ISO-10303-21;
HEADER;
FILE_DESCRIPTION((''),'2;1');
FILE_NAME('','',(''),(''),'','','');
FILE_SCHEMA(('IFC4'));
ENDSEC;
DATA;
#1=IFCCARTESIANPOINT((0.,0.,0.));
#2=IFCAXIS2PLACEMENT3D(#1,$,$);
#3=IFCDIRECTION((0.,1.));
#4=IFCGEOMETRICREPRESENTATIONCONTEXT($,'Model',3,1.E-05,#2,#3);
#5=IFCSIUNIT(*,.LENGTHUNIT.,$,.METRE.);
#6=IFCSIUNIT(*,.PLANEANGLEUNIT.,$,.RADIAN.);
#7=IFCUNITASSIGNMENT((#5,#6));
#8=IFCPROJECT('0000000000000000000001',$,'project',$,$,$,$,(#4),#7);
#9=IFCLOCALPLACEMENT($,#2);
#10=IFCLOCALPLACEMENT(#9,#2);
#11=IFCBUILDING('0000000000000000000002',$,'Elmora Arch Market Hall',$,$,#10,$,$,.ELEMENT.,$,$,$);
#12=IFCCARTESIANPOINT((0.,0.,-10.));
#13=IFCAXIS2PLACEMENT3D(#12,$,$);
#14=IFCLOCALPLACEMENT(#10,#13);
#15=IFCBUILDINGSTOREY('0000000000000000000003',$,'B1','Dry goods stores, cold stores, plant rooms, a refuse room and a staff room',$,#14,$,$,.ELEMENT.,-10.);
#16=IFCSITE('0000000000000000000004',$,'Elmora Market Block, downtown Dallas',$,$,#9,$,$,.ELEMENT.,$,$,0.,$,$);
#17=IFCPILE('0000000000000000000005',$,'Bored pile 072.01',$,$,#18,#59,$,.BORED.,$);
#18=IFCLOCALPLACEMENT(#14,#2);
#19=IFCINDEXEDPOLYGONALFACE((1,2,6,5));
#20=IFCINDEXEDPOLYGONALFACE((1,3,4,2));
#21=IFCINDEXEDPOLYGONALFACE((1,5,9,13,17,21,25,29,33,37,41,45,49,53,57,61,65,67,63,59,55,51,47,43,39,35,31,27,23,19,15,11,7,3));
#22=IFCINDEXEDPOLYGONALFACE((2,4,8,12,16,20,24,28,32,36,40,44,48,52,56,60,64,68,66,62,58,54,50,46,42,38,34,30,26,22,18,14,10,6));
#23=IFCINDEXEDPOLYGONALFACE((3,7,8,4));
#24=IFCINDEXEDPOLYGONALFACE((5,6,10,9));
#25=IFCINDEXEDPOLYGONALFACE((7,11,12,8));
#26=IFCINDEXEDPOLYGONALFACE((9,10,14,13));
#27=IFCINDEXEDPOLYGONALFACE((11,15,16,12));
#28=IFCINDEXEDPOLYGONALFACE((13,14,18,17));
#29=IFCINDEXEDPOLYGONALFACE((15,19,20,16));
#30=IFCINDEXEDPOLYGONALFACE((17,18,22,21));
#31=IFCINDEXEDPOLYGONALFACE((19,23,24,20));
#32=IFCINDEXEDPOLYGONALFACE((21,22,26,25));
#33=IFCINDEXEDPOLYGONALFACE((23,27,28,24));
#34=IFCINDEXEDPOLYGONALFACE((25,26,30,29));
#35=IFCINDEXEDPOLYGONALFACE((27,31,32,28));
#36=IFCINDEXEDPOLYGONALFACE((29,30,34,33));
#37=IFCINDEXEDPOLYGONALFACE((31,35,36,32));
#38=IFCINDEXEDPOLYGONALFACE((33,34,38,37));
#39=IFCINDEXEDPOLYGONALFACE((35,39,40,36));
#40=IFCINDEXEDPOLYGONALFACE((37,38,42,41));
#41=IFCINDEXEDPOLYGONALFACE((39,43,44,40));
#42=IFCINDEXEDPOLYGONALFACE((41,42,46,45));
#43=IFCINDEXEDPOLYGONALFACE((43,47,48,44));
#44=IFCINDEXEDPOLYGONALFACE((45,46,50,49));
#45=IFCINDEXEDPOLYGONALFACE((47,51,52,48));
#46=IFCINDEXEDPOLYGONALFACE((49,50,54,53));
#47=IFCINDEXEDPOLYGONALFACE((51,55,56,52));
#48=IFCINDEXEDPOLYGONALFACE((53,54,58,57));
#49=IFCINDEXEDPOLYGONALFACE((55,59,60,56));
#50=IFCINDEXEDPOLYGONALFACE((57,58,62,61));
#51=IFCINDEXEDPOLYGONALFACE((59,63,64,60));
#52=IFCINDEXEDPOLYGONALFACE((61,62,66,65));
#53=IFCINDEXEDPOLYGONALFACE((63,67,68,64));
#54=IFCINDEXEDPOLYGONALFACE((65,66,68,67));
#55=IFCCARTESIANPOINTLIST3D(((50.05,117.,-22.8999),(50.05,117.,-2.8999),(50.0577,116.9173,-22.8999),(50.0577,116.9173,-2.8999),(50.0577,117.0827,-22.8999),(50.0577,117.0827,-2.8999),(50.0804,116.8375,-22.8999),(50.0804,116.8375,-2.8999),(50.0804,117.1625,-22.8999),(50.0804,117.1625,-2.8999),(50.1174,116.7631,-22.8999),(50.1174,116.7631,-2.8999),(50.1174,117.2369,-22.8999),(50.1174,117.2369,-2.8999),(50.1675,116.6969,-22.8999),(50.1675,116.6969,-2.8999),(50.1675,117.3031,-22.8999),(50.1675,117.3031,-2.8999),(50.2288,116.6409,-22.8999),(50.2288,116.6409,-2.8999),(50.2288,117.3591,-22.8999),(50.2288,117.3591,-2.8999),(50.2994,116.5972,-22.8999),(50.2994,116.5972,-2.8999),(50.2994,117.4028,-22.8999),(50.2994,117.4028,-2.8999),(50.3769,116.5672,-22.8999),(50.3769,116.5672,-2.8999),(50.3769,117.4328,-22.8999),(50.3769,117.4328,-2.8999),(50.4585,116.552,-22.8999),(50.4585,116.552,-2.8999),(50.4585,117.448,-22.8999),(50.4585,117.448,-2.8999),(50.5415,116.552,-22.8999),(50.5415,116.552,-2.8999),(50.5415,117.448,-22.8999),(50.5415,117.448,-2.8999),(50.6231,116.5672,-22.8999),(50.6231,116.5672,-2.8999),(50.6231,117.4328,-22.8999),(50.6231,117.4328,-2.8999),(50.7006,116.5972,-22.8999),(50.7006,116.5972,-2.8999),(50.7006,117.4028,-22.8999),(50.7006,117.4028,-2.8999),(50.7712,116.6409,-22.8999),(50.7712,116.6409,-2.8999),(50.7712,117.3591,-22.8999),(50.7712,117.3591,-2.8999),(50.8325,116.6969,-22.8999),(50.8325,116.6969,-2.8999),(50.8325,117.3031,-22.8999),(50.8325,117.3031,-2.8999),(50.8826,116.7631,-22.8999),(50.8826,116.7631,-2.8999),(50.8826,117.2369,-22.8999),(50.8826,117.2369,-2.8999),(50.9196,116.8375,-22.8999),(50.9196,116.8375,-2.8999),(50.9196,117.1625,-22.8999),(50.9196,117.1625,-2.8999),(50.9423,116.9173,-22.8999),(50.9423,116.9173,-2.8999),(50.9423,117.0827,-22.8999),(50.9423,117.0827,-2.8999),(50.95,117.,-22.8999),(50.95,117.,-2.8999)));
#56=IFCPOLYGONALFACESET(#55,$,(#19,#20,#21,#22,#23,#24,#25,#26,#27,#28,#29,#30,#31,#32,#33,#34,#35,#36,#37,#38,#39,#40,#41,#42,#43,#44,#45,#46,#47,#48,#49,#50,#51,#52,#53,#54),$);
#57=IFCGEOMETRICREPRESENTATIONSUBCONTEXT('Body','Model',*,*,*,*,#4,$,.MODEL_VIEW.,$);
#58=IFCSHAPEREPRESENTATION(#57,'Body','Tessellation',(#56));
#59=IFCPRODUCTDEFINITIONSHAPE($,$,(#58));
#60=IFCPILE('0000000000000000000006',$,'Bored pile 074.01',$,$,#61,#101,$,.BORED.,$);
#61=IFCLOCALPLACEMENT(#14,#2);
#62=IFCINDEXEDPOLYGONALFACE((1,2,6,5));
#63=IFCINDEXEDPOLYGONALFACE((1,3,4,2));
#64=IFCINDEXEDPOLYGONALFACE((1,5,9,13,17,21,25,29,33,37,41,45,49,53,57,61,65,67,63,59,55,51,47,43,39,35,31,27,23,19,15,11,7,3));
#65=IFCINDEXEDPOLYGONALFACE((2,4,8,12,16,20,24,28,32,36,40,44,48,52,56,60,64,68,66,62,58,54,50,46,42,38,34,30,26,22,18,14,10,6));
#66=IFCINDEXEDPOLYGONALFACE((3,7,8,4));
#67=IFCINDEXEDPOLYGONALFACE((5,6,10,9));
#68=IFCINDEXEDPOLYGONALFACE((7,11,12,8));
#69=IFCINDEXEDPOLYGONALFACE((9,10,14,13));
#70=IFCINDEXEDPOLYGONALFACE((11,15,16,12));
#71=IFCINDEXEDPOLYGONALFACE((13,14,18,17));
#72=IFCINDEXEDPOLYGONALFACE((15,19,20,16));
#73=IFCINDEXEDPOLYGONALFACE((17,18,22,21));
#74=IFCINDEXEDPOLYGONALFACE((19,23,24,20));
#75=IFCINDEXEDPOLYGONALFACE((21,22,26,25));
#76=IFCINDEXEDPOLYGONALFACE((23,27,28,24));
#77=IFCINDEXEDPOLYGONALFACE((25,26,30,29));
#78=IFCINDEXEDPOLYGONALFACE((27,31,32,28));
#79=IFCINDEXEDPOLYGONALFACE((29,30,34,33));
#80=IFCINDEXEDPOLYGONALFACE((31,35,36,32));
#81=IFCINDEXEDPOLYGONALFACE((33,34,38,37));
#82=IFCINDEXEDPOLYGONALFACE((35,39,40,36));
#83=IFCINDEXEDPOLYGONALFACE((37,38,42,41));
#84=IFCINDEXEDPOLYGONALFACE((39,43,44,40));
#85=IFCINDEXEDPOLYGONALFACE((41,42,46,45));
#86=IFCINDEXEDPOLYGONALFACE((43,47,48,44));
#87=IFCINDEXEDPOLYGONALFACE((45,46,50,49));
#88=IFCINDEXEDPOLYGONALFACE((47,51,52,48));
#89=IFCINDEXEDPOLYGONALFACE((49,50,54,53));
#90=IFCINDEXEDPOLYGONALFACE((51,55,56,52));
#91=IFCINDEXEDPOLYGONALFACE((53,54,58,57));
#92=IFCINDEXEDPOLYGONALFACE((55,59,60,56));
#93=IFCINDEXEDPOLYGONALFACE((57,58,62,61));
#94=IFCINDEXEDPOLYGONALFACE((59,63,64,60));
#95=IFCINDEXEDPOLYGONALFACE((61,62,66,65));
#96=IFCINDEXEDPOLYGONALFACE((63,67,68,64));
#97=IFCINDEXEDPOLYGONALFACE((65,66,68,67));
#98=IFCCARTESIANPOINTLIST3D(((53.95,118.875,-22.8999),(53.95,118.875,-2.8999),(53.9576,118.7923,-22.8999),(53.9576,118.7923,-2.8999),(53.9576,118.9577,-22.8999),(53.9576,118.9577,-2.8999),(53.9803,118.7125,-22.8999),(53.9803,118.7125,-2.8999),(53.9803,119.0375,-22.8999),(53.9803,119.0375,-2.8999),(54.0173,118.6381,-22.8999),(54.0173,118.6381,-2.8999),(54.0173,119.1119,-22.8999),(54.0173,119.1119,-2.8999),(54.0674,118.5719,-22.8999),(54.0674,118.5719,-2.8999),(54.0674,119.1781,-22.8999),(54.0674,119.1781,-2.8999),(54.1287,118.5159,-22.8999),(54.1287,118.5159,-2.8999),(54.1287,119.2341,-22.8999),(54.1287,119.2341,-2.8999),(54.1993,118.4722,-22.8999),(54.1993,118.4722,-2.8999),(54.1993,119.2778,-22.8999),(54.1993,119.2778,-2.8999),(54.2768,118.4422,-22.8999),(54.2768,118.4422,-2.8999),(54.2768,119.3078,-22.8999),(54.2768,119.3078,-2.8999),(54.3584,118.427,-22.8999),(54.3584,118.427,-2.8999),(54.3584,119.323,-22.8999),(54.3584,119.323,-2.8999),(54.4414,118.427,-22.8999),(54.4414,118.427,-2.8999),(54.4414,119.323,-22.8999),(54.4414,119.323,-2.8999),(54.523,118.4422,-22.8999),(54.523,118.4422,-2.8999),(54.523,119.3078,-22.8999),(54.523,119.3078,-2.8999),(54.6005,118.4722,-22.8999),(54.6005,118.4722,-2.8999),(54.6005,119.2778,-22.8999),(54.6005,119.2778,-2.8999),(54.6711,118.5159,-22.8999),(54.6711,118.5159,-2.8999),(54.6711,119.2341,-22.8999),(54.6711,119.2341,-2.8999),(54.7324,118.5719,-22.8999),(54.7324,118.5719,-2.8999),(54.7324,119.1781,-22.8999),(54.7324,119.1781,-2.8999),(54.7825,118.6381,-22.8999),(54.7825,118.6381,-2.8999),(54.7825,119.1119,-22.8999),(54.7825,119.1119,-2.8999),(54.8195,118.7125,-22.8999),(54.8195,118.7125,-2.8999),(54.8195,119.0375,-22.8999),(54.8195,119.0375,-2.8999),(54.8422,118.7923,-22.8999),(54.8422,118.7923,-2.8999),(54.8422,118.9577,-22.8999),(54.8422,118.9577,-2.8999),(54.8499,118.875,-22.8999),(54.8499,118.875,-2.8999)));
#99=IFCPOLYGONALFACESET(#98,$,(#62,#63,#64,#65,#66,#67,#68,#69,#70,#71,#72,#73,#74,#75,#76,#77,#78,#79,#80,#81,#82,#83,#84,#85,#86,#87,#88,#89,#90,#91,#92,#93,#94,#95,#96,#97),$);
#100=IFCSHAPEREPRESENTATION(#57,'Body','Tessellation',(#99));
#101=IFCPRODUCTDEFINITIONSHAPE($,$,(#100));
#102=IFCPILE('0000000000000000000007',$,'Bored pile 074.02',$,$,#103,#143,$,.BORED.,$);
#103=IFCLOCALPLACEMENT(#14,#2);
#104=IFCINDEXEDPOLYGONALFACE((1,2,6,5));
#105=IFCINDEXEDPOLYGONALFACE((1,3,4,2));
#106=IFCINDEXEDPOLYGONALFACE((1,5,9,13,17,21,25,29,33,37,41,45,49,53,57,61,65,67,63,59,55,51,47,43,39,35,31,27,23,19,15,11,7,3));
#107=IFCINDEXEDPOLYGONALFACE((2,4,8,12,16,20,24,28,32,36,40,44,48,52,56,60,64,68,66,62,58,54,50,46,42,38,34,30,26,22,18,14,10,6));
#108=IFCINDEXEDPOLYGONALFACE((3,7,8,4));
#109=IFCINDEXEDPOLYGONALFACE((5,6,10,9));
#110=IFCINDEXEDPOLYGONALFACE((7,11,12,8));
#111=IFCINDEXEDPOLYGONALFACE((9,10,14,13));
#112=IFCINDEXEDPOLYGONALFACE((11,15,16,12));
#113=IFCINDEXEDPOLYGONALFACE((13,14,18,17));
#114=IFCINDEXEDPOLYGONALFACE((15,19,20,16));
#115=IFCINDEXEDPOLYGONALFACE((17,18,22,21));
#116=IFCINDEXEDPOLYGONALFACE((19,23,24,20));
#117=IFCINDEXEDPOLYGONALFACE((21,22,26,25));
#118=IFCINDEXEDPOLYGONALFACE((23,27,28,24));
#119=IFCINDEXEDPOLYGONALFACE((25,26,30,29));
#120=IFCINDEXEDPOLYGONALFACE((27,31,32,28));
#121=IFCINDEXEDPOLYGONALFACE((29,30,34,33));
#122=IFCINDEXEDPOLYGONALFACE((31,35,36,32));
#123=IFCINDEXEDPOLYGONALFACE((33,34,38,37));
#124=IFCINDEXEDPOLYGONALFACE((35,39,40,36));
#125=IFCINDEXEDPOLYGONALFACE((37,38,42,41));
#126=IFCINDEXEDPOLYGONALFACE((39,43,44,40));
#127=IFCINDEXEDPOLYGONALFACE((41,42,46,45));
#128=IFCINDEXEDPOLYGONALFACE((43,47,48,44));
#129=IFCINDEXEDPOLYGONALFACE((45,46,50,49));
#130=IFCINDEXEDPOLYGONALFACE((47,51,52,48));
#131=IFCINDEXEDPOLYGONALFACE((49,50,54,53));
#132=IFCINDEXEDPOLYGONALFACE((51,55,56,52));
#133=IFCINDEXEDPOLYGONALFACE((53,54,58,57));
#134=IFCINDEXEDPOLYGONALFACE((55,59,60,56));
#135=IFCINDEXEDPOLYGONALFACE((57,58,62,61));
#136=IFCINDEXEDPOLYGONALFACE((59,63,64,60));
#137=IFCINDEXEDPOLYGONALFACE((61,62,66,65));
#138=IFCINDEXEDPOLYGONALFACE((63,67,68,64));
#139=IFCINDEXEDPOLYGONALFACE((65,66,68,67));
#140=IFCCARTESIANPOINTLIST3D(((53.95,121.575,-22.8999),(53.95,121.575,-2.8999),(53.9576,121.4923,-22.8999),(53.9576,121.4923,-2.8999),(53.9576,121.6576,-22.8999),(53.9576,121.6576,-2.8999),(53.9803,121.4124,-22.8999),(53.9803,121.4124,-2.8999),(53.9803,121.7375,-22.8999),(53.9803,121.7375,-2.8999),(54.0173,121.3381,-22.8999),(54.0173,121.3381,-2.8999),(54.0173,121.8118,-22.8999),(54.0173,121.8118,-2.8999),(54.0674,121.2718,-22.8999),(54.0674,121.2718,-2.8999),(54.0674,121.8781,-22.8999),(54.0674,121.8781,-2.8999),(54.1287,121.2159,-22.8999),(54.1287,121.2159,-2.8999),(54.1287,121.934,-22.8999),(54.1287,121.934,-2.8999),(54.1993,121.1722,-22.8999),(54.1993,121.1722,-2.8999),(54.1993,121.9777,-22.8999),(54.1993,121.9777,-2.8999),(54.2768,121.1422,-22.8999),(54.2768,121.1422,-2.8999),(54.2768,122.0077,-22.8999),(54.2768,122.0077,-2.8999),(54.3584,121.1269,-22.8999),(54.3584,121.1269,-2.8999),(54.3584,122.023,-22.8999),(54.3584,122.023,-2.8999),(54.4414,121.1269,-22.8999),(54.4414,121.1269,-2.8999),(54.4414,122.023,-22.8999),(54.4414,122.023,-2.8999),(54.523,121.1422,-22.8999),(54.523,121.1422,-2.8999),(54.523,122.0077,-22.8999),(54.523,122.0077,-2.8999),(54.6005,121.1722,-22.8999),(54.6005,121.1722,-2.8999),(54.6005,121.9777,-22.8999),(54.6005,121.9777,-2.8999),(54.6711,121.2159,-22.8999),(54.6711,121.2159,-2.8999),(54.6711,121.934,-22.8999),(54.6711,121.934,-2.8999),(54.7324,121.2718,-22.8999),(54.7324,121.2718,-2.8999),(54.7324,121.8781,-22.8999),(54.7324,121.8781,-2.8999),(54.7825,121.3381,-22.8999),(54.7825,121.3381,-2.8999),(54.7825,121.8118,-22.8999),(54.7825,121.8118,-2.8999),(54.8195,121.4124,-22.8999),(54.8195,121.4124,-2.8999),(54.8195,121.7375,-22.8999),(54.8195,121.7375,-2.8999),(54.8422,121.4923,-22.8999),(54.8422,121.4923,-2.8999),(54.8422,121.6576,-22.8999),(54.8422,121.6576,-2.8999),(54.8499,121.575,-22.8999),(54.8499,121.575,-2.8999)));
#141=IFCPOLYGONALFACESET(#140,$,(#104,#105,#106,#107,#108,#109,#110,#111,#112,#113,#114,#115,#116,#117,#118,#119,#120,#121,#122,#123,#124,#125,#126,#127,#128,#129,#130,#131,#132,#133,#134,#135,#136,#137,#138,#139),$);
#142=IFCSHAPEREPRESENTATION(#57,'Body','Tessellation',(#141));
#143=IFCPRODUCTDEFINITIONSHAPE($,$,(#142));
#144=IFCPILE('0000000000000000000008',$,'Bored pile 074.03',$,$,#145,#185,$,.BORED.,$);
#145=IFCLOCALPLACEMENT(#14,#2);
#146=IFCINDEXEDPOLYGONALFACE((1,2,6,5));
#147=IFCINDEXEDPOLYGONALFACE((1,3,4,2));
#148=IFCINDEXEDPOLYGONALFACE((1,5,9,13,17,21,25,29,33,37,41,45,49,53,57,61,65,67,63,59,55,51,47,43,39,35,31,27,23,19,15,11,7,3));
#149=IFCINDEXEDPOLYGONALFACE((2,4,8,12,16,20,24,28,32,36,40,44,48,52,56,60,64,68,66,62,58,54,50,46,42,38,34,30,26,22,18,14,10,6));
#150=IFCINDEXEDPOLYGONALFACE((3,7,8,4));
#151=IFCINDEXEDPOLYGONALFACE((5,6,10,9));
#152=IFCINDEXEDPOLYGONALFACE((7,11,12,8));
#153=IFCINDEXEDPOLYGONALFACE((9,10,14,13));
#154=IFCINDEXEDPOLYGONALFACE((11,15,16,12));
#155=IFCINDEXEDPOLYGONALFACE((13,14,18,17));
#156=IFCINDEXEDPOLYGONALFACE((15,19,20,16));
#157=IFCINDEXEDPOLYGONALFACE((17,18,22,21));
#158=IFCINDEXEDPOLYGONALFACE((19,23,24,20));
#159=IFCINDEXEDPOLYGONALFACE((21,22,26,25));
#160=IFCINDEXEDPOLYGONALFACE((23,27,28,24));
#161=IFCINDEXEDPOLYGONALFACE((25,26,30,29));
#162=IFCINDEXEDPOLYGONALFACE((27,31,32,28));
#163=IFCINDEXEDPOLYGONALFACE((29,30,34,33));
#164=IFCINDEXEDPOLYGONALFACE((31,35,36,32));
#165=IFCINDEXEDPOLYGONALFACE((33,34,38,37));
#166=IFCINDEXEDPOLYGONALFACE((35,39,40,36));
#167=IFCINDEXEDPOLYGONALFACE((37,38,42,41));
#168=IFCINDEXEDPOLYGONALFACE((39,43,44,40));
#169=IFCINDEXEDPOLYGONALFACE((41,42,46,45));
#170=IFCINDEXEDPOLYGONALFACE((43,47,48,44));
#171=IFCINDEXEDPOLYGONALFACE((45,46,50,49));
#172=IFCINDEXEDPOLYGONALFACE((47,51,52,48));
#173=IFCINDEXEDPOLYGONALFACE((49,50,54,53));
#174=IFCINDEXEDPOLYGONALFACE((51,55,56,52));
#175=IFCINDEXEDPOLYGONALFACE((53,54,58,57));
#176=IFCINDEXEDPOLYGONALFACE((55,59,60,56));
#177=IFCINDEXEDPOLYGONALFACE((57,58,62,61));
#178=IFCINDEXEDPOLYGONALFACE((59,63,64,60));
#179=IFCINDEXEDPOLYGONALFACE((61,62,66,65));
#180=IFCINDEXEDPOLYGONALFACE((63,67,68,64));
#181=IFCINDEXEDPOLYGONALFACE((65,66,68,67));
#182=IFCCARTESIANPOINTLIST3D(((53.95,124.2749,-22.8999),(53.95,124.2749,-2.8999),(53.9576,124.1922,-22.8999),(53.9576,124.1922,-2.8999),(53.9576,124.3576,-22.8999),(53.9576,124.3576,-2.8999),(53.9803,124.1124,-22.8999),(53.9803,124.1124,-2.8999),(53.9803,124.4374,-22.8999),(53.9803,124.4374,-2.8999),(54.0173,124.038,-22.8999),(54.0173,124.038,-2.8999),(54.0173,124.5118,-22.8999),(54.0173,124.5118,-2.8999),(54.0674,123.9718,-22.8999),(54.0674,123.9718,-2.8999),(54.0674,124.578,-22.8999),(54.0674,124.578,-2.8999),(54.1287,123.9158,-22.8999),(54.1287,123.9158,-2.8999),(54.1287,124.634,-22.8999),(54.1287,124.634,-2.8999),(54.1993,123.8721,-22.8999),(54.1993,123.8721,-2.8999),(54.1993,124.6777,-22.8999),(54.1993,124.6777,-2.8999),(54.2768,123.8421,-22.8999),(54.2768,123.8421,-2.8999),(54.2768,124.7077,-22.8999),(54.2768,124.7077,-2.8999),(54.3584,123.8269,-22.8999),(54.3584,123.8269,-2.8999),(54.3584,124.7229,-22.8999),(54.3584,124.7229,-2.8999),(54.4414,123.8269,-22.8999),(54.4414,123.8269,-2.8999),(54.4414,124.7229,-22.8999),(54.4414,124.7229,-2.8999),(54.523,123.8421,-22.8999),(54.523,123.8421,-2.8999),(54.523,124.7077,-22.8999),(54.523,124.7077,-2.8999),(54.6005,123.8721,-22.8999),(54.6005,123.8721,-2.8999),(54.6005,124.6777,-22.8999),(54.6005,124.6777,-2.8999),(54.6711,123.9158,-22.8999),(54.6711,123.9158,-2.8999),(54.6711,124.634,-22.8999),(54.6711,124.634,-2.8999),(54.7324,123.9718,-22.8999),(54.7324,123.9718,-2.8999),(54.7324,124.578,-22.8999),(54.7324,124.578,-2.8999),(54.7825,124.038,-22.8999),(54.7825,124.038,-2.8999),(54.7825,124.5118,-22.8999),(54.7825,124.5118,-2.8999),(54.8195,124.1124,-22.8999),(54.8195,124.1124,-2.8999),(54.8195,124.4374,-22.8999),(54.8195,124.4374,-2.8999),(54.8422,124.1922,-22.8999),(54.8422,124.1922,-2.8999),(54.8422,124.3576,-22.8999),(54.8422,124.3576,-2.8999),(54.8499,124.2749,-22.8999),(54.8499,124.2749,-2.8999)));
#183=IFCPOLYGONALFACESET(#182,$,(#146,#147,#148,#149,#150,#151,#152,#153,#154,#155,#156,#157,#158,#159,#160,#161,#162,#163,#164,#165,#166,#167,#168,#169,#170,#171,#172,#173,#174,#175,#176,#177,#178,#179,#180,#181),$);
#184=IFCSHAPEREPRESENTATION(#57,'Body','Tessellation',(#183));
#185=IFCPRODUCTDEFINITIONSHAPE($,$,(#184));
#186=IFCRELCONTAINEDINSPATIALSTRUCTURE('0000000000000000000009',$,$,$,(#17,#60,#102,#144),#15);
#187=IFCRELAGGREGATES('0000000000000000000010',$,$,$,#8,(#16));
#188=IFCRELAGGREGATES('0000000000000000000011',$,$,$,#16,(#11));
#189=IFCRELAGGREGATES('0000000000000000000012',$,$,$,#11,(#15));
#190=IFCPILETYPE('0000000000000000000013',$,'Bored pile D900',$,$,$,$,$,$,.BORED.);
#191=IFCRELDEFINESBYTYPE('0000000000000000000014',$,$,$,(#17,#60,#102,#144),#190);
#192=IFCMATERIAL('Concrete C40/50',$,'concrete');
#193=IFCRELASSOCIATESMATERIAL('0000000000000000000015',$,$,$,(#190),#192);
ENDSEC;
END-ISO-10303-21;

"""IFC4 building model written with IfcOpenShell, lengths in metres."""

from ifc_helpers import new_model, si_unit, direction, frame, origin, origin_2d, place, context, subcontext, project, spatial, circle, extrude, material, material_profile, profile_set, type_object, element, save


model = new_model("IFC4")

# Units and contexts
model_context = context("Model", 3, precision=1e-05, world=origin(), true_north=direction((0.0, 1.0)))
body_context = subcontext(model_context, "Body", "Model", "MODEL_VIEW")
ifc_project = project(units=[si_unit("LENGTHUNIT", "METRE"), si_unit("PLANEANGLEUNIT", "RADIAN")], contexts=[model_context])

# Site, building, storey
site_placement = place(None, origin())
site = spatial("IfcSite", under=ifc_project, at=site_placement, Name="Elmora Market Block, downtown Dallas", CompositionType="ELEMENT", RefElevation=0.0)
building_placement = place(site_placement, origin())
building = spatial("IfcBuilding", under=site, at=building_placement, Name="Elmora Arch Market Hall", CompositionType="ELEMENT")
storey_placement = place(building_placement, frame((0.0, 0.0, -10.0)))
storey = spatial("IfcBuildingStorey", under=building, at=storey_placement, Name="B1", Description="Dry goods stores, cold stores, plant rooms, a refuse room and a staff room", CompositionType="ELEMENT", Elevation=-10.0)

# Piles
ifc_material_1 = material(Name="Concrete C40/50", Category="concrete")
ifc_material_profile_1 = material_profile(ifc_material_1, circle(Radius=0.45, at=origin_2d()), Name="Bored pile D900")
ifc_profile_set_1 = profile_set([ifc_material_profile_1], Name="Concrete C40/50")
pile_type = type_object("IfcPileType", Name="Bored pile D900", PredefinedType="BORED", material=ifc_profile_set_1)
for number, where, z_axis, x_axis, name in (
    (1, (50.5, 117.0, -2.8999), (0.0, 0.0, -1.0), (1.0, 0.0, 0.0), "Bored pile 072.01"),
    (2, (54.3999, 118.875, -2.8999), (0.0, 0.0, -1.0), (1.0, 0.0, 0.0), "Bored pile 074.01"),
    (3, (54.3999, 121.575, -2.8999), (0.0, 0.0, -1.0), (1.0, 0.0, 0.0), "Bored pile 074.02"),
    (4, (54.3999, 124.2749, -2.8999), (0.0, 0.0, -1.0), (1.0, 0.0, 0.0), "Bored pile 074.03"),
):
    element("IfcPile", number, at=place(storey_placement, frame(where, z_axis=z_axis, x_axis=x_axis)), inside=storey, type_object=pile_type, Name=name, PredefinedType="BORED", context=body_context, shape_type="SweptSolid", body=[
        extrude(circle(Radius=0.45, at=origin_2d()), origin(), (0.0, 0.0, 1.0), 20.0),
    ])

save(model, "model.ifc")
